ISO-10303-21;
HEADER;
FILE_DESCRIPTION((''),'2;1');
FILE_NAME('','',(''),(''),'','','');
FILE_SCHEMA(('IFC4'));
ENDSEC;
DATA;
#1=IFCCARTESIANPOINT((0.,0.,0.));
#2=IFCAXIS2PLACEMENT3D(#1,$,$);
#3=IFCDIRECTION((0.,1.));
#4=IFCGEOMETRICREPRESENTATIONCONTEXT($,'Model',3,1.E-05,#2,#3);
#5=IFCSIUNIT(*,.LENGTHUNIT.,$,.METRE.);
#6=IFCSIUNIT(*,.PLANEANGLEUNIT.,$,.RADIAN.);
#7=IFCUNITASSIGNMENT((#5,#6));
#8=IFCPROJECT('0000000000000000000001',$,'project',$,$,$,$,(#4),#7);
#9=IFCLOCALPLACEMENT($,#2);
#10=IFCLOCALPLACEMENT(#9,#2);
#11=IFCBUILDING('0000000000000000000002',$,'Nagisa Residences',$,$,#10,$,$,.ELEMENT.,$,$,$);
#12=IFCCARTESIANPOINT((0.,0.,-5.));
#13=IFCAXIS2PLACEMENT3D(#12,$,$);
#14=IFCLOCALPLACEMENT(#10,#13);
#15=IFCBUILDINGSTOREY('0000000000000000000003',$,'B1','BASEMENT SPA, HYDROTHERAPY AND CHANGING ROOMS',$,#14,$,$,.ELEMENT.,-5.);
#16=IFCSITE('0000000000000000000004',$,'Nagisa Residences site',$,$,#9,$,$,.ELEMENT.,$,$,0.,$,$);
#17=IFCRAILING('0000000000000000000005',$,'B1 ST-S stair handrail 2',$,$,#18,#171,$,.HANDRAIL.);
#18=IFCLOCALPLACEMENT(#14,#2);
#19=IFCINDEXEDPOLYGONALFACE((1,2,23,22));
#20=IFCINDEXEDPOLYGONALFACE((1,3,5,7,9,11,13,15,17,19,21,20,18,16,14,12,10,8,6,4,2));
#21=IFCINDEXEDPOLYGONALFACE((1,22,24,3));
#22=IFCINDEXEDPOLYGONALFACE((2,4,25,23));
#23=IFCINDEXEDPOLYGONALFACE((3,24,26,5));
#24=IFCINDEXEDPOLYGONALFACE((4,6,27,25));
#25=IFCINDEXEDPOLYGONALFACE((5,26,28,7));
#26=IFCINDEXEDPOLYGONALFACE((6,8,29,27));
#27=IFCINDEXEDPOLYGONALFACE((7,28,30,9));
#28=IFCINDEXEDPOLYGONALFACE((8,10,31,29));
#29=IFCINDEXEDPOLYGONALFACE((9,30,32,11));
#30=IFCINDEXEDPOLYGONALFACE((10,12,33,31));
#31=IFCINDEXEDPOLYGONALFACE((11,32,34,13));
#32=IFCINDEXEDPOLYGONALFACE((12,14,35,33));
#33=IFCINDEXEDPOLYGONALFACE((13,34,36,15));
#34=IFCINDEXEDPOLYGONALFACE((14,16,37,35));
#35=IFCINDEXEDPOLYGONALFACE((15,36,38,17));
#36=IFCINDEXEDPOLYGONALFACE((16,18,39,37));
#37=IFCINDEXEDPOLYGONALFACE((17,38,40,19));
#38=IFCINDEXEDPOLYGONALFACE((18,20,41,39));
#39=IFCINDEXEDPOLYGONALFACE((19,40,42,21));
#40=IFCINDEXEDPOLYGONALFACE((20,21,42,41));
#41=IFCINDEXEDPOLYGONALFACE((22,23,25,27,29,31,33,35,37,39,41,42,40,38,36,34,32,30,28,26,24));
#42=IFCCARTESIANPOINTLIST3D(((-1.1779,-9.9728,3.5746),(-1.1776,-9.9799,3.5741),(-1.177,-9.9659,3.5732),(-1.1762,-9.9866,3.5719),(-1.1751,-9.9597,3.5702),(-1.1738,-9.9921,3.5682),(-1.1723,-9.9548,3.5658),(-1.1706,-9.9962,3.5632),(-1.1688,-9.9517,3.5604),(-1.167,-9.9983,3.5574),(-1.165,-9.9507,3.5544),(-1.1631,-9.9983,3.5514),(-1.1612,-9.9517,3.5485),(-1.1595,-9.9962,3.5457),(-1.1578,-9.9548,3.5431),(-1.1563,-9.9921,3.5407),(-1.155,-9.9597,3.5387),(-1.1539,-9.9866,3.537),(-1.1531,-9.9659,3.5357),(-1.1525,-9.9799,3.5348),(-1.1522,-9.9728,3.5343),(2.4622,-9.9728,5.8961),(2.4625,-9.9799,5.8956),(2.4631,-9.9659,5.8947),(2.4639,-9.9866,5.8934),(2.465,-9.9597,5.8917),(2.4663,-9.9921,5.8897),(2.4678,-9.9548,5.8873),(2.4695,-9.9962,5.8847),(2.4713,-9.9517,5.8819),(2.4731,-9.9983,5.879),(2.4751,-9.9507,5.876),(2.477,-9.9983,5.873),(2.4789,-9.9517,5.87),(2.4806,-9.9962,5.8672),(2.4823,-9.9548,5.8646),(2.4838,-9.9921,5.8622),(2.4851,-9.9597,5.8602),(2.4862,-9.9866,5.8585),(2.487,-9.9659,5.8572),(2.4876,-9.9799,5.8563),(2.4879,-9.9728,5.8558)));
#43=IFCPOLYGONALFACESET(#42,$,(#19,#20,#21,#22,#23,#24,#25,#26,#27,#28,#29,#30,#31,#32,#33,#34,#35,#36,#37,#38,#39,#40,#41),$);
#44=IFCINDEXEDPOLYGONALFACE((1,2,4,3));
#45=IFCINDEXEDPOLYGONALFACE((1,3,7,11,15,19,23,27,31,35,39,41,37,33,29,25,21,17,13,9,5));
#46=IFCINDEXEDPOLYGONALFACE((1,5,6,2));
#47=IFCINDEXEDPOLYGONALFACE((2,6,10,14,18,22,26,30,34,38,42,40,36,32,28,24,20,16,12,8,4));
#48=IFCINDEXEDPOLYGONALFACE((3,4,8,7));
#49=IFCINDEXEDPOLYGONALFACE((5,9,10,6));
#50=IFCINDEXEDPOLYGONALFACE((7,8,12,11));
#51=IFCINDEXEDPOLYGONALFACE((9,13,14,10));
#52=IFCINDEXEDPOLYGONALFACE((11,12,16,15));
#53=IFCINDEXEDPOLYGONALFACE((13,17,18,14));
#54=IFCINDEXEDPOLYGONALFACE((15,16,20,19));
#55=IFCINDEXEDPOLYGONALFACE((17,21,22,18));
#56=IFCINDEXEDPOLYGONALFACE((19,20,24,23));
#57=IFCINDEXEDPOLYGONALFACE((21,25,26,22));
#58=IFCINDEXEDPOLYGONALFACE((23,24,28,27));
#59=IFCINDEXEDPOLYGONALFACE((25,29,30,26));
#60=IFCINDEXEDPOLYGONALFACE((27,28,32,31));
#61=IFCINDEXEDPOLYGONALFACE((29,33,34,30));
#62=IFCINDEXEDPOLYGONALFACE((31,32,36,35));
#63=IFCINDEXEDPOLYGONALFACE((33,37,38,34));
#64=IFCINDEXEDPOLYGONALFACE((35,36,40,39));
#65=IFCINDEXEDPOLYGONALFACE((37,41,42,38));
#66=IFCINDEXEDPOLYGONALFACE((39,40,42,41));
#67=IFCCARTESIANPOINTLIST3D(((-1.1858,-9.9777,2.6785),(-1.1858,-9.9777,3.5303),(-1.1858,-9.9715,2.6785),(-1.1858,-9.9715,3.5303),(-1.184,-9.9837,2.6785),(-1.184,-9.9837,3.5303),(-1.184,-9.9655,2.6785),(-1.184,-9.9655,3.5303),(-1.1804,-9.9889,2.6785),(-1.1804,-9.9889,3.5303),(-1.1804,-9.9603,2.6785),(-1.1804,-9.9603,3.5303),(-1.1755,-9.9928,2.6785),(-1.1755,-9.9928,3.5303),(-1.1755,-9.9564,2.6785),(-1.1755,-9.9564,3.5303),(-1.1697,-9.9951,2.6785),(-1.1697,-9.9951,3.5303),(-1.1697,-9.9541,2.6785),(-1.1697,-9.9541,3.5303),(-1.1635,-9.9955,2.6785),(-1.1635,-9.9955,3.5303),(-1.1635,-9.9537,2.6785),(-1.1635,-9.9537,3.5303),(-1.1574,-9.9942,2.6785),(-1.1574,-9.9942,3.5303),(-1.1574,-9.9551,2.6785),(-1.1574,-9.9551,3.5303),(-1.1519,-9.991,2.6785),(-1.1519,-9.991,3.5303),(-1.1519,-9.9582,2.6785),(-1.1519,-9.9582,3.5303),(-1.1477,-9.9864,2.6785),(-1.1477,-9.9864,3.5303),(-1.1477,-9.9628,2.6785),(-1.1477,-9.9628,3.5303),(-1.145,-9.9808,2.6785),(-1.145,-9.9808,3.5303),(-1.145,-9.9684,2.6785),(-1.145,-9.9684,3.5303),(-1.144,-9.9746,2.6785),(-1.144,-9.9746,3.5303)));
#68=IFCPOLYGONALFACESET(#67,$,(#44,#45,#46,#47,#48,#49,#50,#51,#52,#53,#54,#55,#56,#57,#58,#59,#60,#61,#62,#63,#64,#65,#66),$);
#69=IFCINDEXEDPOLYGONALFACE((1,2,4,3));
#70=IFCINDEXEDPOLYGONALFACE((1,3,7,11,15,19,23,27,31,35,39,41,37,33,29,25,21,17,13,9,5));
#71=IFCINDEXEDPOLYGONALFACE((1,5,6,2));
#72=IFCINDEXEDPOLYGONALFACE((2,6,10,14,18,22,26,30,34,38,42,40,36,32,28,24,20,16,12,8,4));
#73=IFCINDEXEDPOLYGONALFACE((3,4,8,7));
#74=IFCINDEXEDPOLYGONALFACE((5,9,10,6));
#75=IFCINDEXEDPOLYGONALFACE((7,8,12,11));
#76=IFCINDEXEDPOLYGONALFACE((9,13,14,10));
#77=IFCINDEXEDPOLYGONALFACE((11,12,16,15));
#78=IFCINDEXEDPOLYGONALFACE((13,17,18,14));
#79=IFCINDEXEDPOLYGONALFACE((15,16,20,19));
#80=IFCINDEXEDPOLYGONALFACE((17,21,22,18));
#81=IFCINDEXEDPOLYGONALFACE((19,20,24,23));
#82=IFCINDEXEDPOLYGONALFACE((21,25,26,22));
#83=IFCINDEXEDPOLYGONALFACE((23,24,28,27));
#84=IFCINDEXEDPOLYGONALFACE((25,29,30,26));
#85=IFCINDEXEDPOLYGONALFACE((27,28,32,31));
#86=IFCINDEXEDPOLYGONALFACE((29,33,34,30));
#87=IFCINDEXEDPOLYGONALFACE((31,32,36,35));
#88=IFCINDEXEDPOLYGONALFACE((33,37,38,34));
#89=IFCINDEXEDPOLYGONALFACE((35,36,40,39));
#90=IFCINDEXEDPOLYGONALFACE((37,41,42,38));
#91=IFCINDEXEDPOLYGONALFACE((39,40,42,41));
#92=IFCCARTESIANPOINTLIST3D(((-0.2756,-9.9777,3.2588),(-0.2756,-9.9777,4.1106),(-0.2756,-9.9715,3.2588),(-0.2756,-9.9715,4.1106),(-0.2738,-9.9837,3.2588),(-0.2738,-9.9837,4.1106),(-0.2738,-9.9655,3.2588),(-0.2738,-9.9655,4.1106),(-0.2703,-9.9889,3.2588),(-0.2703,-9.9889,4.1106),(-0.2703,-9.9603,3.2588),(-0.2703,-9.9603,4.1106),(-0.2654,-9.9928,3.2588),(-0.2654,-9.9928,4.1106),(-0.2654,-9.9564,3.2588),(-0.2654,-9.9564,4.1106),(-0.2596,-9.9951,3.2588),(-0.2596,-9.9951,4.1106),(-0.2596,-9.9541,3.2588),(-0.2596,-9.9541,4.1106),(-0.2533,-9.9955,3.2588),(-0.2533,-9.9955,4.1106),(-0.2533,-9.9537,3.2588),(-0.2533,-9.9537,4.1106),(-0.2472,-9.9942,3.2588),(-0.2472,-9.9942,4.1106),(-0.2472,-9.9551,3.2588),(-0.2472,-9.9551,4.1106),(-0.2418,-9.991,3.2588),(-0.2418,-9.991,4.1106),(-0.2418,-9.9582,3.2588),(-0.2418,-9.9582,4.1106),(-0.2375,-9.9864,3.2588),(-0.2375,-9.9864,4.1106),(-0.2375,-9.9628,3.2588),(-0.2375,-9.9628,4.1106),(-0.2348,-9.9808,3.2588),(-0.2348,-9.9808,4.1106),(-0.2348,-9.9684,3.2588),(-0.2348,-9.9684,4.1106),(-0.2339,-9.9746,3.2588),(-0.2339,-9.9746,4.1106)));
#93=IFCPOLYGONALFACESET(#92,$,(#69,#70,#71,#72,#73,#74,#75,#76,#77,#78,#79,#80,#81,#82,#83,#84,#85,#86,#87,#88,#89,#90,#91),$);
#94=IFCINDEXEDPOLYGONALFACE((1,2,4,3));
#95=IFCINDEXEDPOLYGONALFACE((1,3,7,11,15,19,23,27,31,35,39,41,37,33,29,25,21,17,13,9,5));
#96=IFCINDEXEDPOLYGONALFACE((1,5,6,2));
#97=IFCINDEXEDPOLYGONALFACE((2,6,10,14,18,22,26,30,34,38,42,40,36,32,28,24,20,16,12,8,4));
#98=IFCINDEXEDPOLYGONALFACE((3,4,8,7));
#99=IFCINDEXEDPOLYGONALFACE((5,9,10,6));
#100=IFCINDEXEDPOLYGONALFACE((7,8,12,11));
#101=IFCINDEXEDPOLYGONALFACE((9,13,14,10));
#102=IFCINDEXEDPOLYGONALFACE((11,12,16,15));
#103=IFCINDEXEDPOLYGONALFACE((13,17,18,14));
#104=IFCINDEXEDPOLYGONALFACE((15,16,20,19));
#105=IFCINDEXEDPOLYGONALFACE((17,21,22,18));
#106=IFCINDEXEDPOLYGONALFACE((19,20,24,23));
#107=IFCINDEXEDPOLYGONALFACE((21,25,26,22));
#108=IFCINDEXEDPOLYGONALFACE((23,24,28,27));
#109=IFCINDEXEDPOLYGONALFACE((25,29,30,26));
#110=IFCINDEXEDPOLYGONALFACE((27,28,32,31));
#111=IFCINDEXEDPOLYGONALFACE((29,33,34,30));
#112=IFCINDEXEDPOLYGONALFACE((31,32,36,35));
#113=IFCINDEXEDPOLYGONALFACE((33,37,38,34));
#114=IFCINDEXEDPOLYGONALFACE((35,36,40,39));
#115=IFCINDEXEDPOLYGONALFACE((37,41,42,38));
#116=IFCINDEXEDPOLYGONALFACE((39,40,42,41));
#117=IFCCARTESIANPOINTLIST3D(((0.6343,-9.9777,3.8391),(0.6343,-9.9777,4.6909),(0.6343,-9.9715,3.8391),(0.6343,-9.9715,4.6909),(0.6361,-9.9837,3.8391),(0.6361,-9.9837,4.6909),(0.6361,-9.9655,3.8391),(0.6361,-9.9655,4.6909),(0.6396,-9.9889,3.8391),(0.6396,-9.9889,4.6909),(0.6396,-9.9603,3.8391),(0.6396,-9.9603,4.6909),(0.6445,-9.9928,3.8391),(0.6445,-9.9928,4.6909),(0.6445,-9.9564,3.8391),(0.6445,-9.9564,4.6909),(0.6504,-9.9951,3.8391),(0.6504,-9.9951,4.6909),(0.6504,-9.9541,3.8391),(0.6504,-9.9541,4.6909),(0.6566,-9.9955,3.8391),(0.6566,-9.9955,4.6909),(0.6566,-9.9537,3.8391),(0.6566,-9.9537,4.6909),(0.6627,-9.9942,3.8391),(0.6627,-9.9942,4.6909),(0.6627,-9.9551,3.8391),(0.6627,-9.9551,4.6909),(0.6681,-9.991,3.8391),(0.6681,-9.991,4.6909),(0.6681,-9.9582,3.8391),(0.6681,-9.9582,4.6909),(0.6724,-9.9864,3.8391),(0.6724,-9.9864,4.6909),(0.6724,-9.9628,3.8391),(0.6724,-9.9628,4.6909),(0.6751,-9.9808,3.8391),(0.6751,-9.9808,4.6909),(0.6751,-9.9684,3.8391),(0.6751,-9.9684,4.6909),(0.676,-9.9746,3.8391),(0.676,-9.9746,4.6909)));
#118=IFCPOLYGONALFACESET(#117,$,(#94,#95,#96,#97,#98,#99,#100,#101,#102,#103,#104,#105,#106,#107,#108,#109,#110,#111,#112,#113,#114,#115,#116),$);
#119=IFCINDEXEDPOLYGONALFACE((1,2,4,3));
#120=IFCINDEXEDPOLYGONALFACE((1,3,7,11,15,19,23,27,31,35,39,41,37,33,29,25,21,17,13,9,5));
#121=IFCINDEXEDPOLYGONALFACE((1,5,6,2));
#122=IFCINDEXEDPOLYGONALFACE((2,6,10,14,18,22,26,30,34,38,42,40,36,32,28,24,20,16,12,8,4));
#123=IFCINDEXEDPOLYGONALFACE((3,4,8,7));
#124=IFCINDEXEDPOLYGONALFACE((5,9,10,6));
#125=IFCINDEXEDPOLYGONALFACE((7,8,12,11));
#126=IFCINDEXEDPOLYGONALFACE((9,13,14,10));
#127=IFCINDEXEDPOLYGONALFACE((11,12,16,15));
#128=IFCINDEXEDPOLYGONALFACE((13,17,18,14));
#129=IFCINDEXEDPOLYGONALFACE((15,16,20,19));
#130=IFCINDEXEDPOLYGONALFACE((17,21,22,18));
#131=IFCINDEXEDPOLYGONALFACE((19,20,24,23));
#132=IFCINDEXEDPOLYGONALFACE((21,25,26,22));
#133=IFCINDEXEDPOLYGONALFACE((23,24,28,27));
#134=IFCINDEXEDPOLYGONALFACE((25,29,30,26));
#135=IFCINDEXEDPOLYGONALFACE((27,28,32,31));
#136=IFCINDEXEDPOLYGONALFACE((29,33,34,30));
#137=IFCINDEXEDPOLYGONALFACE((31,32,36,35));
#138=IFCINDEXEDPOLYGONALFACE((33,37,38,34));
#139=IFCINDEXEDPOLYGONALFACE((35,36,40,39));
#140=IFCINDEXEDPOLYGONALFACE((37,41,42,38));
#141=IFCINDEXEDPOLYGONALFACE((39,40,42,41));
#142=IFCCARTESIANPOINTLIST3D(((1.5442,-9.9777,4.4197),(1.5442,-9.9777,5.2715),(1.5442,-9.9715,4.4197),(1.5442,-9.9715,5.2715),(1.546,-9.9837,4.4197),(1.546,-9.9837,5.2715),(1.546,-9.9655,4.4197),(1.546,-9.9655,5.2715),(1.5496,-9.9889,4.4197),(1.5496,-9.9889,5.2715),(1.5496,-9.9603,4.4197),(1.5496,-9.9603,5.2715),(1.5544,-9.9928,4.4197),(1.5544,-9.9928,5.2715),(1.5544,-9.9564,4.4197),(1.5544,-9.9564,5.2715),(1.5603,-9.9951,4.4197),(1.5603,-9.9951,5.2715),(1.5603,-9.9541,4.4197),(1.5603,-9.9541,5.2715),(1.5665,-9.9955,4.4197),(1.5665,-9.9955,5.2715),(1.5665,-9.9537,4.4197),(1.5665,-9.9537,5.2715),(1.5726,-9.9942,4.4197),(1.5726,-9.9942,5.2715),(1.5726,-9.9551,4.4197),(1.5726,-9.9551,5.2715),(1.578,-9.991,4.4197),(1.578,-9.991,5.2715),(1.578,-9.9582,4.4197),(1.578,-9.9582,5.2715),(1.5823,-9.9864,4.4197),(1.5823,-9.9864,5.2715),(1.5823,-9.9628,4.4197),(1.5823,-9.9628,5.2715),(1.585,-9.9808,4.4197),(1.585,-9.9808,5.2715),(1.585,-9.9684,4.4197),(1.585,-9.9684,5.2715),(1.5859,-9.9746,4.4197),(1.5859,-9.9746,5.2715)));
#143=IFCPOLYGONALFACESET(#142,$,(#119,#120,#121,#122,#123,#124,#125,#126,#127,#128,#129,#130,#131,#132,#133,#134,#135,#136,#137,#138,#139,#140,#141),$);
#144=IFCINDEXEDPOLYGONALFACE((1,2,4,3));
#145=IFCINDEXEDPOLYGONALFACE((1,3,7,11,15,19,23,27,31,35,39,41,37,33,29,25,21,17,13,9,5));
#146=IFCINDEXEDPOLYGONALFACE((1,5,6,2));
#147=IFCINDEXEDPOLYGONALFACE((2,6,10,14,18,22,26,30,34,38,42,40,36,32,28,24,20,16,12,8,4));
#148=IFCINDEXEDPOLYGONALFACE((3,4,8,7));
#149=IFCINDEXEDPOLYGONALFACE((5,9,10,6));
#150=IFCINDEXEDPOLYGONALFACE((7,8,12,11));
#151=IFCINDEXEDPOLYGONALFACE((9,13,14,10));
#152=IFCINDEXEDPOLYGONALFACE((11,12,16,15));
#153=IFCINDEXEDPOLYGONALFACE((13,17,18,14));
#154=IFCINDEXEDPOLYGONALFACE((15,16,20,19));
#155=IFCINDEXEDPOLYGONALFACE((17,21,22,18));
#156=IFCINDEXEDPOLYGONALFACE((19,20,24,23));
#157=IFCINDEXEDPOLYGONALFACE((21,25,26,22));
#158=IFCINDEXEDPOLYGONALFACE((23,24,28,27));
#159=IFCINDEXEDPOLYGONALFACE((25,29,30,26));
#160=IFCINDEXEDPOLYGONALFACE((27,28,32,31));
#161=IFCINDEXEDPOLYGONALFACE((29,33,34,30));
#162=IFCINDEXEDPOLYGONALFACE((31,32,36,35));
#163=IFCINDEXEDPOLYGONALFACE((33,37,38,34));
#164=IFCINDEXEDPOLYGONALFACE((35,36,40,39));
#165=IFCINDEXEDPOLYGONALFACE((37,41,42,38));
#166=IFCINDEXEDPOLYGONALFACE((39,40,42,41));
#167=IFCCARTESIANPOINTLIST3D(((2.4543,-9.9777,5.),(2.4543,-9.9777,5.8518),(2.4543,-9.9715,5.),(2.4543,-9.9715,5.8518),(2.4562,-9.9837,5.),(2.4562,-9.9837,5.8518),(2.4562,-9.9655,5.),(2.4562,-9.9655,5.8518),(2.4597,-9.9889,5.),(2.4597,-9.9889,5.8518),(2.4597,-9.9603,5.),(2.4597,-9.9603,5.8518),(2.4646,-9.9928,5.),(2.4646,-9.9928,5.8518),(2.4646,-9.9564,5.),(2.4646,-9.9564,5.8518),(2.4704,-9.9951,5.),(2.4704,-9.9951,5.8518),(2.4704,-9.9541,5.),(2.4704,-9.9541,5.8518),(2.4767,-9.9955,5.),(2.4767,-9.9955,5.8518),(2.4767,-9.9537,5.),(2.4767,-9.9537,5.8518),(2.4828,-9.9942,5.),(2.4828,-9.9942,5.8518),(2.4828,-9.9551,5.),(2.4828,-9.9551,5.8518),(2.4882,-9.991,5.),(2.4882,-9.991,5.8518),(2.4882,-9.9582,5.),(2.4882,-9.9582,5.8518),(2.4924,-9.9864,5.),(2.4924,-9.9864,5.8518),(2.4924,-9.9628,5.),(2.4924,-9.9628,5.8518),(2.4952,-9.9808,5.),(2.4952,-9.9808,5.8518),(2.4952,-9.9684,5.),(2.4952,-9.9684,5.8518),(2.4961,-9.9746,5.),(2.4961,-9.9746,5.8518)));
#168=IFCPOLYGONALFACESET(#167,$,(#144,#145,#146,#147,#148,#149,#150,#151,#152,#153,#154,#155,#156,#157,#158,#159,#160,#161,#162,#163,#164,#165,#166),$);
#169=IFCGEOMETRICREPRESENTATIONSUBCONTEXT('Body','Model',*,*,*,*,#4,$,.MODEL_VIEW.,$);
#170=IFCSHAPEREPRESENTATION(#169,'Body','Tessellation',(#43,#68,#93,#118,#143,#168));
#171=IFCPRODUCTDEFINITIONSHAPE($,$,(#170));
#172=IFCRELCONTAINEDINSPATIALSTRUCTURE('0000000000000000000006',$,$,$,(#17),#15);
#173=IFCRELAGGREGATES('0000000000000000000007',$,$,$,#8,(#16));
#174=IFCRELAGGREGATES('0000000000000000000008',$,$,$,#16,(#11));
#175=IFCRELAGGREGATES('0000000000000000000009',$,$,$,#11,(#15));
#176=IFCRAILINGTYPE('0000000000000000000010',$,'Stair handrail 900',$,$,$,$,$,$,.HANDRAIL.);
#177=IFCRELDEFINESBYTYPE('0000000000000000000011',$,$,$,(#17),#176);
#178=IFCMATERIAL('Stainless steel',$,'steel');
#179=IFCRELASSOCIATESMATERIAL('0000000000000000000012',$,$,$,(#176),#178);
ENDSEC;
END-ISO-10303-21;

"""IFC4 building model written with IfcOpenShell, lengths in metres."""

from ifc_helpers import new_model, si_unit, direction, frame, origin, origin_2d, place, context, subcontext, project, spatial, circle, extrude, material, type_object, element, save


model = new_model("IFC4")

# Units and contexts
model_context = context("Model", 3, precision=1e-05, world=origin(), true_north=direction((0.0, 1.0)))
body_context = subcontext(model_context, "Body", "Model", "MODEL_VIEW")
ifc_project = project(units=[si_unit("LENGTHUNIT", "METRE"), si_unit("PLANEANGLEUNIT", "RADIAN")], contexts=[model_context])

# Site, building, storey
site_placement = place(None, origin())
site = spatial("IfcSite", under=ifc_project, at=site_placement, Name="Nagisa Residences site", CompositionType="ELEMENT", RefElevation=0.0)
building_placement = place(site_placement, origin())
building = spatial("IfcBuilding", under=site, at=building_placement, Name="Nagisa Residences", CompositionType="ELEMENT")
storey_placement = place(building_placement, frame((0.0, 0.0, -5.0)))
storey = spatial("IfcBuildingStorey", under=building, at=storey_placement, Name="B1", Description="BASEMENT SPA, HYDROTHERAPY AND CHANGING ROOMS", CompositionType="ELEMENT", Elevation=-5.0)

# Railing
ifc_material_1 = material(Name="Stainless steel", Category="steel")
railing_type = type_object("IfcRailingType", Name="Stair handrail 900", PredefinedType="HANDRAIL", material=ifc_material_1)
railing_placement = place(storey_placement, frame((-1.165, -9.9746, 2.6785)))
element("IfcRailing", 1, at=railing_placement, inside=storey, type_object=railing_type, Name="B1 ST-S stair handrail 2", PredefinedType="HANDRAIL", context=body_context, shape_type="SweptSolid", body=[
    extrude(circle(Radius=0.0239, at=origin_2d()), frame((0.0, 0.0, 0.876), z_axis=(0.843128, 0.0, 0.537713), x_axis=(0.0, 1.0, 0.0)), (0.0, 0.0, 1.0), 4.3174),
    extrude(circle(Radius=0.021, at=origin_2d()), origin(), (0.0, 0.0, 1.0), 0.8518),
    extrude(circle(Radius=0.021, at=origin_2d()), frame((0.9102, 0.0, 0.5803)), (0.0, 0.0, 1.0), 0.8518),
    extrude(circle(Radius=0.021, at=origin_2d()), frame((1.8201, 0.0, 1.1606)), (0.0, 0.0, 1.0), 0.8518),
    extrude(circle(Radius=0.021, at=origin_2d()), frame((2.73, 0.0, 1.7412)), (0.0, 0.0, 1.0), 0.8518),
    extrude(circle(Radius=0.021, at=origin_2d()), frame((3.6401, 0.0, 2.3215)), (0.0, 0.0, 1.0), 0.8518),
])

save(model, "model.ifc")
